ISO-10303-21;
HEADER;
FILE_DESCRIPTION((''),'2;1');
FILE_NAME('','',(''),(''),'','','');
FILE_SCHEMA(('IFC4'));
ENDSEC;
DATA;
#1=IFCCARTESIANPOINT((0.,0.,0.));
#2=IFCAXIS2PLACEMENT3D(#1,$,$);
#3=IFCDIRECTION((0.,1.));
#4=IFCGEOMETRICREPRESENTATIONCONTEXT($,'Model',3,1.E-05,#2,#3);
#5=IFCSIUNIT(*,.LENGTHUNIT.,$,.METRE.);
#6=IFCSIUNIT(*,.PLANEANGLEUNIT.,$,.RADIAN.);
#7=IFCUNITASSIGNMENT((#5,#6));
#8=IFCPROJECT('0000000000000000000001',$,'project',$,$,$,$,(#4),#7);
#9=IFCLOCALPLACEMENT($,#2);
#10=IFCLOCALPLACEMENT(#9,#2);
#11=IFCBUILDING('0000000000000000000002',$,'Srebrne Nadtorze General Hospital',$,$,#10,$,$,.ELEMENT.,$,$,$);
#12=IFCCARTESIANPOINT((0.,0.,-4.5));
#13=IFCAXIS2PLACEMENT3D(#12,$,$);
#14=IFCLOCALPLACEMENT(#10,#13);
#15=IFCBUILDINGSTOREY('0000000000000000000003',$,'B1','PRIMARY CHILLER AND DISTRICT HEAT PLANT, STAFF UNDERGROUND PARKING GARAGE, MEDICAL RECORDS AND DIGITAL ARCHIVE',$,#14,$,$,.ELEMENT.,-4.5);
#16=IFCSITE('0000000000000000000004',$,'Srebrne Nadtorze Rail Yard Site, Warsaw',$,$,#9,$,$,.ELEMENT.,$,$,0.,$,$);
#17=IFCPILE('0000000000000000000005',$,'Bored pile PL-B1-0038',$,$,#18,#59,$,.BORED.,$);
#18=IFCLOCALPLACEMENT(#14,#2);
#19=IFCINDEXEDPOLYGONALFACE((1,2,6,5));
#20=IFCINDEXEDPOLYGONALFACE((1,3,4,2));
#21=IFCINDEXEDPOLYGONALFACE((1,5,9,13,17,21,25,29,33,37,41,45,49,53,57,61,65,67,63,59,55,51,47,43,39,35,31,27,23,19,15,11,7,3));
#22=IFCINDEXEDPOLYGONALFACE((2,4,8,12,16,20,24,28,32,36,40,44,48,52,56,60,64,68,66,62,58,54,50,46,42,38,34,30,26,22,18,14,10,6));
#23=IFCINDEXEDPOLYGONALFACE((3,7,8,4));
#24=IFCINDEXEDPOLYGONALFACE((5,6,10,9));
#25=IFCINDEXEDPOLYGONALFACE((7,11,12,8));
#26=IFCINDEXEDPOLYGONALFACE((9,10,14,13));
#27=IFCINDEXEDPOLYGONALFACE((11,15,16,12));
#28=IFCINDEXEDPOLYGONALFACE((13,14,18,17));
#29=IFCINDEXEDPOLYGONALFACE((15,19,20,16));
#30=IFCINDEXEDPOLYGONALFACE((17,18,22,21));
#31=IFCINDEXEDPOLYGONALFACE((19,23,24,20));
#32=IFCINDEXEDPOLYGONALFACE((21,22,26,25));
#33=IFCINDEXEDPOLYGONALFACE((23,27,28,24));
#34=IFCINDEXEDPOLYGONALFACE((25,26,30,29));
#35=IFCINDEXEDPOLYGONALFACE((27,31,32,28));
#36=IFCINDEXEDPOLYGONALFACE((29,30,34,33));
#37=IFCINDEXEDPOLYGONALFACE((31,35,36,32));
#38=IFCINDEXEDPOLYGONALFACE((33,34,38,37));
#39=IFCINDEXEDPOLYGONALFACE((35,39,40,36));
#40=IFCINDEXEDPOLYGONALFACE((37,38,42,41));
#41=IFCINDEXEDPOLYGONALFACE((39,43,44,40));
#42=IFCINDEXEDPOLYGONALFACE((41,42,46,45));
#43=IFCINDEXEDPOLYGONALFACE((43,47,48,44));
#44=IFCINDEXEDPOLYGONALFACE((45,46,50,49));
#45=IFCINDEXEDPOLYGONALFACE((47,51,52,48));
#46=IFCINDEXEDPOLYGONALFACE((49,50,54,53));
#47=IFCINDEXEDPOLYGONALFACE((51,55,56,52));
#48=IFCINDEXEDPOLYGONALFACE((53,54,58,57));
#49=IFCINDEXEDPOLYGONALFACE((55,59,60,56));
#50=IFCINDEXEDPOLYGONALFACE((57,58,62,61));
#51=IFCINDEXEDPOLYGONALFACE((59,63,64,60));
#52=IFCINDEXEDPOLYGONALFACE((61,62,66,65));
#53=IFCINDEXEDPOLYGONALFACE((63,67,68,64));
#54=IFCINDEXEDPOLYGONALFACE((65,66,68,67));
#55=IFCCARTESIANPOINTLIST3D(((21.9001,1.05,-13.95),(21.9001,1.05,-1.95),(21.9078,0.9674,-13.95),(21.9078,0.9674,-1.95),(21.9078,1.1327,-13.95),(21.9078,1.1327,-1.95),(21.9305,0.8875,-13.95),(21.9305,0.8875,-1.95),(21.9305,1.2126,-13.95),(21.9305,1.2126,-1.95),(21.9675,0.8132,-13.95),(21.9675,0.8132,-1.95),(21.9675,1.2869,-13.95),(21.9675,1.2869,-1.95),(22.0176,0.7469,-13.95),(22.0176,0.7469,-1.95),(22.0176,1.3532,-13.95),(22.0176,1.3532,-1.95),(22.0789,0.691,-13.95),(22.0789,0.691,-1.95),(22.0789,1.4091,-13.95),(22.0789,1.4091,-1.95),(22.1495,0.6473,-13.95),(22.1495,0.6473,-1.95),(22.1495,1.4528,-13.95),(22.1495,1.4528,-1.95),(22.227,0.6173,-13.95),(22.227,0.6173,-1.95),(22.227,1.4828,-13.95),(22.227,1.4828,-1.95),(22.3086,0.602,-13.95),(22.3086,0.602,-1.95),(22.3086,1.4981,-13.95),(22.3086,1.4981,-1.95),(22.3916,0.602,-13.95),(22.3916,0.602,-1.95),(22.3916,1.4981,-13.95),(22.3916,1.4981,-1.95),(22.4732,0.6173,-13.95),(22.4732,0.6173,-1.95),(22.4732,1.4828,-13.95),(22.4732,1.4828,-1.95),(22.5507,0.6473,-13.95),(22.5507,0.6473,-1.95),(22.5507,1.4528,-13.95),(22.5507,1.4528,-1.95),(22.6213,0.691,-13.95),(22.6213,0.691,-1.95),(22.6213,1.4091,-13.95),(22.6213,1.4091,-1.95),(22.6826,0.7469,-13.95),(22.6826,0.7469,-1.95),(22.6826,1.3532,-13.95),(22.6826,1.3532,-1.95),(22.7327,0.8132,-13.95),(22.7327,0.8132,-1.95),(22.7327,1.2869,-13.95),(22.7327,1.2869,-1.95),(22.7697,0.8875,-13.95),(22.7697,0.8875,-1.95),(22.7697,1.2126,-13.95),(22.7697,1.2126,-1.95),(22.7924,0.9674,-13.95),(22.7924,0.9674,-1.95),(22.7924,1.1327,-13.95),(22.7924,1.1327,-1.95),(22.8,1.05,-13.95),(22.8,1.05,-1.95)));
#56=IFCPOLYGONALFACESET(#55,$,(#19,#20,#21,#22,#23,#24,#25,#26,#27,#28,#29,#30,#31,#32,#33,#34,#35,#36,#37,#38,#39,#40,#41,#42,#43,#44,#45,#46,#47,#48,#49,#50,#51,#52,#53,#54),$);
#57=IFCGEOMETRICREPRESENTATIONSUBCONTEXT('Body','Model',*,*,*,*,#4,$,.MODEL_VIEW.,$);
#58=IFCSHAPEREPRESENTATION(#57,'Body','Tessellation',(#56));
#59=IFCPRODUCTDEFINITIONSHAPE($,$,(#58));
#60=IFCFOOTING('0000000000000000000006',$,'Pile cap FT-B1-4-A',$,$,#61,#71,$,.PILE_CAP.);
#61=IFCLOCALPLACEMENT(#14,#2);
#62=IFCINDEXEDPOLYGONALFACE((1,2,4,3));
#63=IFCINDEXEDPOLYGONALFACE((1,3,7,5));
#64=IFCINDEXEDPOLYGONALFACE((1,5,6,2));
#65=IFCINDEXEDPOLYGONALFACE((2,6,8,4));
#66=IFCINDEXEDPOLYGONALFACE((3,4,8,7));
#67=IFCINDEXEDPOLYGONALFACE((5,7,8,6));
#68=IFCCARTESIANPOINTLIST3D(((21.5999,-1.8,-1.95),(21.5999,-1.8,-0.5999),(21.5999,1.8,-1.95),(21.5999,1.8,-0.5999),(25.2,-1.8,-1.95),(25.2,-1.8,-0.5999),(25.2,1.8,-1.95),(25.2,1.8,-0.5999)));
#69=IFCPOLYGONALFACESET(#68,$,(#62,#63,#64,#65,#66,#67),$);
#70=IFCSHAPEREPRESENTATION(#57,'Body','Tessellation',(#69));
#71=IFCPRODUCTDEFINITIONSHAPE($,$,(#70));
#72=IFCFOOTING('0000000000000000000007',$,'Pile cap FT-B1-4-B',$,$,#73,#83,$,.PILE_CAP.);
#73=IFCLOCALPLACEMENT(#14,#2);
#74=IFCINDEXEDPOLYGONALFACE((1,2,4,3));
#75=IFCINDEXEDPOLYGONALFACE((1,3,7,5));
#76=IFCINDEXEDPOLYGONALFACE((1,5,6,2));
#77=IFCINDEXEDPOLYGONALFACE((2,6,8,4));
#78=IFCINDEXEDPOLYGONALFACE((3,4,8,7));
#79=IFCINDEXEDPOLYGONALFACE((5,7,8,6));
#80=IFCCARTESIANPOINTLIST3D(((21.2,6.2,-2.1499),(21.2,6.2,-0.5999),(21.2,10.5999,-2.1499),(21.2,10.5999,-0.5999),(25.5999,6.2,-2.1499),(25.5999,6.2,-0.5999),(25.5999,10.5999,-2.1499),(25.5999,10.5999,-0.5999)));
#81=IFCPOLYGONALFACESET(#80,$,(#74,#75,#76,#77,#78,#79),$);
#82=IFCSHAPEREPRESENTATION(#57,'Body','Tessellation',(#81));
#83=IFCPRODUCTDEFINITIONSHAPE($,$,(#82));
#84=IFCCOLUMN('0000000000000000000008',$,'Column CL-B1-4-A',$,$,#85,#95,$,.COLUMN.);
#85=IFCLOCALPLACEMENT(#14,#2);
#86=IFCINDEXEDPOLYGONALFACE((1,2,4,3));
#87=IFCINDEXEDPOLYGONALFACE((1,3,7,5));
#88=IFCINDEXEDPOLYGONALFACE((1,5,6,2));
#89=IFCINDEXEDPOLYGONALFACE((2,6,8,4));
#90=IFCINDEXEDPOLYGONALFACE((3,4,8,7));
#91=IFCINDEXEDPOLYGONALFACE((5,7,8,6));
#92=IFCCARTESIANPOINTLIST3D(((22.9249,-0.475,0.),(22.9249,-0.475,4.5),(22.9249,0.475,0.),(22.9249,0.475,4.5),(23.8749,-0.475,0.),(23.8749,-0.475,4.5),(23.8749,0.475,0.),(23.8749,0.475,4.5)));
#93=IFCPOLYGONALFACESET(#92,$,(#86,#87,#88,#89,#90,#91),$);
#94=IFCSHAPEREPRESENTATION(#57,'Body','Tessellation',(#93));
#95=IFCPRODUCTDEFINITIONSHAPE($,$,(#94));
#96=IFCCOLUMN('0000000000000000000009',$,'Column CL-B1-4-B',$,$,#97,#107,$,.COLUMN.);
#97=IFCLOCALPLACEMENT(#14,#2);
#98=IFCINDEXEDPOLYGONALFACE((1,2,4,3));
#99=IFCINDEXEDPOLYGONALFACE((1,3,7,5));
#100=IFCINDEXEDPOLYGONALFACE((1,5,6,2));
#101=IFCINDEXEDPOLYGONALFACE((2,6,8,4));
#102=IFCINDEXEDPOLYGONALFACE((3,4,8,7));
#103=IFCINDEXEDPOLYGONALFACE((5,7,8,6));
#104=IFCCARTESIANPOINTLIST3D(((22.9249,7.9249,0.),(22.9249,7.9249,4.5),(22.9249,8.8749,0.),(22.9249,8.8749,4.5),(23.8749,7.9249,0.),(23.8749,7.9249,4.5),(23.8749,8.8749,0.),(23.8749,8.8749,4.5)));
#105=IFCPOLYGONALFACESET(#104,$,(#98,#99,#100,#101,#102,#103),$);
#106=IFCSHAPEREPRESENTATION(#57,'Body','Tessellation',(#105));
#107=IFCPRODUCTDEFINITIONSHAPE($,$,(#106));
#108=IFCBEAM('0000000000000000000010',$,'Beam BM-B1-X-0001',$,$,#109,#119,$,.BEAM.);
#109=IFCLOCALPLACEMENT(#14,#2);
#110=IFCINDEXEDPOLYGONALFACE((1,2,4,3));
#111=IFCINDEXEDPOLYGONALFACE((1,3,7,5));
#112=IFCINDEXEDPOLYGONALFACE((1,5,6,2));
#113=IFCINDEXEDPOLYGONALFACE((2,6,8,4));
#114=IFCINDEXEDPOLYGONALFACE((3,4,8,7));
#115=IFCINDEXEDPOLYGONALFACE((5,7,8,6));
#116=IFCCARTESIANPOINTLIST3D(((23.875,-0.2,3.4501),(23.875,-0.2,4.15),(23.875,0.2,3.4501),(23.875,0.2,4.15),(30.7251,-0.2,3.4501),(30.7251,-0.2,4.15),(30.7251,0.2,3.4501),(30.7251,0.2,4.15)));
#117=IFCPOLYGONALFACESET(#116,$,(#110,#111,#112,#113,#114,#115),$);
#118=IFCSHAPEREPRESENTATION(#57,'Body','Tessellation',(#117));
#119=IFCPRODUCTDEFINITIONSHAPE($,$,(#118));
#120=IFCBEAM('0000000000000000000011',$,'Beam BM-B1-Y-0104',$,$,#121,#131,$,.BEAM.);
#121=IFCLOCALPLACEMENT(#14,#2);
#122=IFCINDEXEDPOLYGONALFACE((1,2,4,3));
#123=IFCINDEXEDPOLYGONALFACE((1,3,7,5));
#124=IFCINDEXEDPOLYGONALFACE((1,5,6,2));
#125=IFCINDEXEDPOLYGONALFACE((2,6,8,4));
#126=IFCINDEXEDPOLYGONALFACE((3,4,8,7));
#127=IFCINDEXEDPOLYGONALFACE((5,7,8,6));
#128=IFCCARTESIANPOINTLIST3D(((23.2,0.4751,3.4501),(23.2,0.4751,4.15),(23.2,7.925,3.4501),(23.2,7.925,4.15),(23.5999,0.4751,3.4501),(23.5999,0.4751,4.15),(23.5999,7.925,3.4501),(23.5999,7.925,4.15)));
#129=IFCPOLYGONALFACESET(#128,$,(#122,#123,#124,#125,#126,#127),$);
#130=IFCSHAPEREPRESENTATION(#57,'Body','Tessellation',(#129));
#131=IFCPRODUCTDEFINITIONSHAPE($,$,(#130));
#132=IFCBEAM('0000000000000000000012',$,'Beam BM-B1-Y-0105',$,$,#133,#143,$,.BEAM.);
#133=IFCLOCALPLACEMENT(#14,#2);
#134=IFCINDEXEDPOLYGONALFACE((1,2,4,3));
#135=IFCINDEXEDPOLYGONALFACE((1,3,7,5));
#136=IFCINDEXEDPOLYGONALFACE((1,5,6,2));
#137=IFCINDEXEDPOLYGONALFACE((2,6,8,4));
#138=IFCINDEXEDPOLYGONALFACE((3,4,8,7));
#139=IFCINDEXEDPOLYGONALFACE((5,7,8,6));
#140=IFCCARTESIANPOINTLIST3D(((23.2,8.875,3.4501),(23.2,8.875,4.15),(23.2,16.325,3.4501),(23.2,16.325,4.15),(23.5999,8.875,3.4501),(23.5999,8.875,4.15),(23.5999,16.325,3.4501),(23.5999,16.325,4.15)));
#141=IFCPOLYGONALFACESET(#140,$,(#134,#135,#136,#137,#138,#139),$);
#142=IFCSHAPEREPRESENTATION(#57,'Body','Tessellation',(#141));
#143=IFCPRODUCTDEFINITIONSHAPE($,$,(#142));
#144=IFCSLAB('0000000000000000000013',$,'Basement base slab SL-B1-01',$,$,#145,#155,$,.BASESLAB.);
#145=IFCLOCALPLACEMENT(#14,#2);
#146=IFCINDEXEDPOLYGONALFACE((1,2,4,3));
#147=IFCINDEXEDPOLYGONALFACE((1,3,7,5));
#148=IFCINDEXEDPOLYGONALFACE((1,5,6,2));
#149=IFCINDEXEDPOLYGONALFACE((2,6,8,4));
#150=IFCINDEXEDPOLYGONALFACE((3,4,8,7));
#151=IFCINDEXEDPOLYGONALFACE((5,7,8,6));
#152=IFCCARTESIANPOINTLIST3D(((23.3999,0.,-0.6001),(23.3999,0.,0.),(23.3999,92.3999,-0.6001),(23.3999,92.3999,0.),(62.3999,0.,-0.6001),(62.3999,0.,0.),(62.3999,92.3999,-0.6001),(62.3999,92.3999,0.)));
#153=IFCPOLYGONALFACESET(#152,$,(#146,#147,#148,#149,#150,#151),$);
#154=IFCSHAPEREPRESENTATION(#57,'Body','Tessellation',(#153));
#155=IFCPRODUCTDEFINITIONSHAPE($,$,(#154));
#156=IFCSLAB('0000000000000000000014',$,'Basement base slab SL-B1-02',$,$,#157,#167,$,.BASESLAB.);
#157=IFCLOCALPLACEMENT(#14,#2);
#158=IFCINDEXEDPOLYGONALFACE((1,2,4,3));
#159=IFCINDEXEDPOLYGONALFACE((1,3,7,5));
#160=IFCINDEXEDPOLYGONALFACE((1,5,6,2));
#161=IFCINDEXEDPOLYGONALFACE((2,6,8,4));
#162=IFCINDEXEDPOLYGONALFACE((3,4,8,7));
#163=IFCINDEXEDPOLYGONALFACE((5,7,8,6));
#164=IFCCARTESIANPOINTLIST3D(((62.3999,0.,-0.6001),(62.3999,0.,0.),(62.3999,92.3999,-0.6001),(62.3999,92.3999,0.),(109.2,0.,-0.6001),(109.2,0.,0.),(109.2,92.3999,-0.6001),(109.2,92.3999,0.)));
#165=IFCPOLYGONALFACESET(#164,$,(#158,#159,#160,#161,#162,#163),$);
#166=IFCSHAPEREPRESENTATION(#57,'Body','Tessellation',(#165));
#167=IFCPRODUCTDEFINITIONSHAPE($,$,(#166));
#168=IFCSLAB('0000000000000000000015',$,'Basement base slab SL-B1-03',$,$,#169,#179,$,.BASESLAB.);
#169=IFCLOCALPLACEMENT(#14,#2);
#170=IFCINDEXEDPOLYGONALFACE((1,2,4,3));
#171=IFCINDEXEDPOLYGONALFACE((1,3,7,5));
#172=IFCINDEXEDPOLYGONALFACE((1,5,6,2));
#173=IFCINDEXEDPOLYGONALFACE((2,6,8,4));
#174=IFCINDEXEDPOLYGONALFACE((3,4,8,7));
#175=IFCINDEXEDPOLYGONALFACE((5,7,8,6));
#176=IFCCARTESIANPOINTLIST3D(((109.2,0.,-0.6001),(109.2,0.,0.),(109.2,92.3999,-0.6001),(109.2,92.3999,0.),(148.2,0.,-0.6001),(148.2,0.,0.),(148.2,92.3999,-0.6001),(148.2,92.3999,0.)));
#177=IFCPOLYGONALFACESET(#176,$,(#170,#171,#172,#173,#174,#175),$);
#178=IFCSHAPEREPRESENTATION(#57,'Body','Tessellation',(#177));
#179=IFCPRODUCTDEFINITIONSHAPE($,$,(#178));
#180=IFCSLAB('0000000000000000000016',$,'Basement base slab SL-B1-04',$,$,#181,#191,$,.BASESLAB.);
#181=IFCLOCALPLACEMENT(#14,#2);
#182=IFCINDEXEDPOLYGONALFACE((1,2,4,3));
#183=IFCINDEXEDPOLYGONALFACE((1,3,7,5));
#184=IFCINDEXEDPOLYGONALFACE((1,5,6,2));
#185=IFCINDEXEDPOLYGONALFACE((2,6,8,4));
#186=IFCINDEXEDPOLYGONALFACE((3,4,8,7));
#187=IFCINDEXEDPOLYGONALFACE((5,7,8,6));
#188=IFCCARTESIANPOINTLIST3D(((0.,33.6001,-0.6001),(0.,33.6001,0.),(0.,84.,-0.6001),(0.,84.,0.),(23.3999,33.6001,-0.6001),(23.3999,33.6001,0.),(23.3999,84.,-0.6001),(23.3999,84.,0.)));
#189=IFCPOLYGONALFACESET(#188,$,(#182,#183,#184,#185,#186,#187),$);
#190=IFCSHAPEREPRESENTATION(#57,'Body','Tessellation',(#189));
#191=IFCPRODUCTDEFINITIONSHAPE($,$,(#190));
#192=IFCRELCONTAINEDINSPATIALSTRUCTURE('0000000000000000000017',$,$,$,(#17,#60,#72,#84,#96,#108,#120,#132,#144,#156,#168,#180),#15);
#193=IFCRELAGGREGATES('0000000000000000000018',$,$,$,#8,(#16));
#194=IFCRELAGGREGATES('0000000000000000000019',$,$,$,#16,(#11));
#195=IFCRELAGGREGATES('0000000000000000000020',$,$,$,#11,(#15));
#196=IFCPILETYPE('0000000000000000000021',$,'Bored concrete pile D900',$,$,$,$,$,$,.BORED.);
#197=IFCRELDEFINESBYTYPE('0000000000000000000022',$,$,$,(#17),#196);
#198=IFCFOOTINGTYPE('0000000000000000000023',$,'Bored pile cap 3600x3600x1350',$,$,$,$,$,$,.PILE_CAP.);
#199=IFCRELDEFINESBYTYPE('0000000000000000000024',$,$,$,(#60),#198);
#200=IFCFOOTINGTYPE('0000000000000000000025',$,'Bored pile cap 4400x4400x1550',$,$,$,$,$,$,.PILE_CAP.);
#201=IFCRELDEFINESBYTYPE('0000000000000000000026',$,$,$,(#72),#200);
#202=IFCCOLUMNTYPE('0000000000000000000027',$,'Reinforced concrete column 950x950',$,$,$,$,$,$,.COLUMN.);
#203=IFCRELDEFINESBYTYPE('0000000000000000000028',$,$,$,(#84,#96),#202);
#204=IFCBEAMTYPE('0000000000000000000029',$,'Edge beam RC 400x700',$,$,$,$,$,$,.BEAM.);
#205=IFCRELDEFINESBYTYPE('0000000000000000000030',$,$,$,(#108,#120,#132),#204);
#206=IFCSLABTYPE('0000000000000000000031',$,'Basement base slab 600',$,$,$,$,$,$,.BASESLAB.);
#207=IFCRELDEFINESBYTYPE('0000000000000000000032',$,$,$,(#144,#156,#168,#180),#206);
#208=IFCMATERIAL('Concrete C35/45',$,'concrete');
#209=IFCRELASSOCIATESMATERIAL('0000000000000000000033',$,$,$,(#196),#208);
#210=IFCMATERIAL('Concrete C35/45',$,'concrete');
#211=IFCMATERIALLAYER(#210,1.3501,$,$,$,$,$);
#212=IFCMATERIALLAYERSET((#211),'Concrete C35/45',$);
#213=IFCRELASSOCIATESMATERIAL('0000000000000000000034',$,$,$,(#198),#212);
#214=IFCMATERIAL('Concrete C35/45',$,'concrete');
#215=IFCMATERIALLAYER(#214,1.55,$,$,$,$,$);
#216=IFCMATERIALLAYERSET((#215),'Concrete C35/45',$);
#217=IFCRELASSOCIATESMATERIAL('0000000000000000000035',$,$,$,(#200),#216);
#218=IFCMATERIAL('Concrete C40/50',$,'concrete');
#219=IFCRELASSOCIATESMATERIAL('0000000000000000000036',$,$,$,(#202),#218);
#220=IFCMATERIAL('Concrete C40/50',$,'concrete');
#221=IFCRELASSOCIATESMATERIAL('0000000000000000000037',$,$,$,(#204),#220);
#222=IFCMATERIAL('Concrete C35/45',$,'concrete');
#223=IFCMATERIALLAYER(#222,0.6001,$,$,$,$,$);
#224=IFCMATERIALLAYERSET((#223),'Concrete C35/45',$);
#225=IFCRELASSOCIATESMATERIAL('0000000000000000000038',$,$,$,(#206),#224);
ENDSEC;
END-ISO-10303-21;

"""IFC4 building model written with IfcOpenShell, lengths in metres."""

from ifc_helpers import new_model, si_unit, direction, frame, origin, origin_2d, place, context, subcontext, project, spatial, polyline, rectangle, circle, outline, extrude, material, layer, layer_set, material_profile, profile_set, type_object, element, save


model = new_model("IFC4")

# Units and contexts
model_context = context("Model", 3, precision=1e-05, world=origin(), true_north=direction((0.0, 1.0)))
body_context = subcontext(model_context, "Body", "Model", "MODEL_VIEW")
ifc_project = project(units=[si_unit("LENGTHUNIT", "METRE"), si_unit("PLANEANGLEUNIT", "RADIAN")], contexts=[model_context])

# Site, building, storey
site_placement = place(None, origin())
site = spatial("IfcSite", under=ifc_project, at=site_placement, Name="Srebrne Nadtorze Rail Yard Site, Warsaw", CompositionType="ELEMENT", RefElevation=0.0)
building_placement = place(site_placement, origin())
building = spatial("IfcBuilding", under=site, at=building_placement, Name="Srebrne Nadtorze General Hospital", CompositionType="ELEMENT")
storey_placement = place(building_placement, frame((0.0, 0.0, -4.5)))
storey = spatial("IfcBuildingStorey", under=building, at=storey_placement, Name="B1", Description="PRIMARY CHILLER AND DISTRICT HEAT PLANT, STAFF UNDERGROUND PARKING GARAGE, MEDICAL RECORDS AND DIGITAL ARCHIVE", CompositionType="ELEMENT", Elevation=-4.5)

# Pile
ifc_material_1 = material(Name="Concrete C35/45", Category="concrete")
ifc_material_profile_1 = material_profile(ifc_material_1, circle(Radius=0.45, at=origin_2d()), Name="PILE-D900")
ifc_profile_set_1 = profile_set([ifc_material_profile_1], Name="Concrete C35/45")
pile_type_1 = type_object("IfcPileType", Name="Bored concrete pile D900", PredefinedType="BORED", material=ifc_profile_set_1)
for number, where, z_axis, x_axis, name in (
    (1, (22.3501, 1.05, -1.95), (0.0, 0.0, -1.0), (1.0, 0.0, 0.0), "Bored pile PL-B1-0038"),
):
    element("IfcPile", number, at=place(storey_placement, frame(where, z_axis=z_axis, x_axis=x_axis)), inside=storey, type_object=pile_type_1, Name=name, PredefinedType="BORED", context=body_context, shape_type="SweptSolid", body=[
        extrude(circle(Radius=0.45, at=origin_2d()), origin(), (0.0, 0.0, 1.0), 12.0),
    ])

# Footings
ifc_material_2 = material(Name="Concrete C35/45", Category="concrete")
ifc_layer_1 = layer(ifc_material_2, 1.3501)
ifc_layer_set_1 = layer_set([ifc_layer_1], Name="Concrete C35/45")
footing_type_1 = type_object("IfcFootingType", Name="Bored pile cap 3600x3600x1350", PredefinedType="PILE_CAP", material=ifc_layer_set_1)
footing_1_placement = place(storey_placement, frame((23.3999, 0.0, -1.95), z_axis=(0.0, 0.0, 1.0), x_axis=(1.0, 0.0, 0.0)))
element("IfcFooting", 2, at=footing_1_placement, inside=storey, type_object=footing_type_1, Name="Pile cap FT-B1-4-A", PredefinedType="PILE_CAP", context=body_context, shape_type="SweptSolid", body=[
    extrude(rectangle(XDim=3.6001, YDim=3.6001, at=origin_2d()), origin(), (0.0, 0.0, 1.0), 1.3501),
])
ifc_material_3 = material(Name="Concrete C35/45", Category="concrete")
ifc_layer_2 = layer(ifc_material_3, 1.55)
ifc_layer_set_2 = layer_set([ifc_layer_2], Name="Concrete C35/45")
footing_type_2 = type_object("IfcFootingType", Name="Bored pile cap 4400x4400x1550", PredefinedType="PILE_CAP", material=ifc_layer_set_2)
footing_2_placement = place(storey_placement, frame((23.3999, 8.3999, -2.1499), z_axis=(0.0, 0.0, 1.0), x_axis=(1.0, 0.0, 0.0)))
element("IfcFooting", 3, at=footing_2_placement, inside=storey, type_object=footing_type_2, Name="Pile cap FT-B1-4-B", PredefinedType="PILE_CAP", context=body_context, shape_type="SweptSolid", body=[
    extrude(rectangle(XDim=4.3999, YDim=4.3999, at=origin_2d()), origin(), (0.0, 0.0, 1.0), 1.55),
])

# Columns
ifc_material_4 = material(Name="Concrete C40/50", Category="concrete")
ifc_material_profile_2 = material_profile(ifc_material_4, rectangle(XDim=0.95, YDim=0.95, at=origin_2d()), Name="RC-COL-950x950")
ifc_profile_set_2 = profile_set([ifc_material_profile_2], Name="Concrete C40/50")
column_type = type_object("IfcColumnType", Name="Reinforced concrete column 950x950", PredefinedType="COLUMN", material=ifc_profile_set_2)
for number, where, z_axis, x_axis, name in (
    (4, (23.3999, 0.0, 0.0), (0.0, 0.0, 1.0), (1.0, 0.0, 0.0), "Column CL-B1-4-A"),
    (5, (23.3999, 8.3999, 0.0), (0.0, 0.0, 1.0), (1.0, 0.0, 0.0), "Column CL-B1-4-B"),
):
    element("IfcColumn", number, at=place(storey_placement, frame(where, z_axis=z_axis, x_axis=x_axis)), inside=storey, type_object=column_type, Name=name, PredefinedType="COLUMN", context=body_context, shape_type="SweptSolid", body=[
        extrude(rectangle(XDim=0.95, YDim=0.95, at=origin_2d()), origin(), (0.0, 0.0, 1.0), 4.5),
    ])

# Beams
ifc_material_5 = material(Name="Concrete C40/50", Category="concrete")
ifc_material_profile_3 = material_profile(ifc_material_5, rectangle(XDim=0.3999, YDim=0.7, at=origin_2d()), Name="RC-BM-400x700")
ifc_profile_set_3 = profile_set([ifc_material_profile_3], Name="Concrete C40/50")
beam_type = type_object("IfcBeamType", Name="Edge beam RC 400x700", PredefinedType="BEAM", material=ifc_profile_set_3)
beam_placement = place(storey_placement, frame((23.875, 0.0, 3.8), z_axis=(1.0, 0.0, 0.0), x_axis=(0.0, 1.0, 0.0)))
element("IfcBeam", 6, at=beam_placement, inside=storey, type_object=beam_type, Name="Beam BM-B1-X-0001", PredefinedType="BEAM", context=body_context, shape_type="SweptSolid", body=[
    extrude(rectangle(XDim=0.3999, YDim=0.7, at=origin_2d()), origin(), (0.0, 0.0, 1.0), 6.8501),
])
for number, where, z_axis, x_axis, name in (
    (7, (23.3999, 0.4751, 3.8), (0.0, 1.0, 0.0), (-1.0, 0.0, 0.0), "Beam BM-B1-Y-0104"),
    (8, (23.3999, 8.875, 3.8), (0.0, 1.0, 0.0), (-1.0, 0.0, 0.0), "Beam BM-B1-Y-0105"),
):
    element("IfcBeam", number, at=place(storey_placement, frame(where, z_axis=z_axis, x_axis=x_axis)), inside=storey, type_object=beam_type, Name=name, PredefinedType="BEAM", context=body_context, shape_type="SweptSolid", body=[
        extrude(rectangle(XDim=0.3999, YDim=0.7, at=origin_2d()), origin(), (0.0, 0.0, 1.0), 7.45),
    ])

# Slabs
ifc_material_6 = material(Name="Concrete C35/45", Category="concrete")
ifc_layer_3 = layer(ifc_material_6, 0.6001)
ifc_layer_set_3 = layer_set([ifc_layer_3], Name="Concrete C35/45")
slab_type_1 = type_object("IfcSlabType", Name="Basement base slab 600", PredefinedType="BASESLAB", material=ifc_layer_set_3)
slab_1_placement = place(storey_placement, frame((0.0, 0.0, -0.6001)))
element("IfcSlab", 9, at=slab_1_placement, inside=storey, type_object=slab_type_1, Name="Basement base slab SL-B1-01", PredefinedType="BASESLAB", context=body_context, shape_type="SweptSolid", body=[
    extrude(outline(polyline([(23.3999, 0.0), (62.3999, 0.0), (62.3999, 92.3999), (23.3999, 92.3999), (23.3999, 0.0)])), origin(), (0.0, 0.0, 1.0), 0.6001),
])
slab_2_placement = place(storey_placement, frame((0.0, 0.0, -0.6001)))
element("IfcSlab", 10, at=slab_2_placement, inside=storey, type_object=slab_type_1, Name="Basement base slab SL-B1-02", PredefinedType="BASESLAB", context=body_context, shape_type="SweptSolid", body=[
    extrude(outline(polyline([(62.3999, 0.0), (109.2, 0.0), (109.2, 92.3999), (62.3999, 92.3999), (62.3999, 0.0)])), origin(), (0.0, 0.0, 1.0), 0.6001),
])
slab_3_placement = place(storey_placement, frame((0.0, 0.0, -0.6001)))
element("IfcSlab", 11, at=slab_3_placement, inside=storey, type_object=slab_type_1, Name="Basement base slab SL-B1-03", PredefinedType="BASESLAB", context=body_context, shape_type="SweptSolid", body=[
    extrude(outline(polyline([(109.2, 0.0), (148.2, 0.0), (148.2, 92.3999), (109.2, 92.3999), (109.2, 0.0)])), origin(), (0.0, 0.0, 1.0), 0.6001),
])
slab_4_placement = place(storey_placement, frame((0.0, 0.0, -0.6001)))
element("IfcSlab", 12, at=slab_4_placement, inside=storey, type_object=slab_type_1, Name="Basement base slab SL-B1-04", PredefinedType="BASESLAB", context=body_context, shape_type="SweptSolid", body=[
    extrude(outline(polyline([(0.0, 33.6001), (23.3999, 33.6001), (23.3999, 84.0), (0.0, 84.0), (0.0, 33.6001)])), origin(), (0.0, 0.0, 1.0), 0.6001),
])

save(model, "model.ifc")
